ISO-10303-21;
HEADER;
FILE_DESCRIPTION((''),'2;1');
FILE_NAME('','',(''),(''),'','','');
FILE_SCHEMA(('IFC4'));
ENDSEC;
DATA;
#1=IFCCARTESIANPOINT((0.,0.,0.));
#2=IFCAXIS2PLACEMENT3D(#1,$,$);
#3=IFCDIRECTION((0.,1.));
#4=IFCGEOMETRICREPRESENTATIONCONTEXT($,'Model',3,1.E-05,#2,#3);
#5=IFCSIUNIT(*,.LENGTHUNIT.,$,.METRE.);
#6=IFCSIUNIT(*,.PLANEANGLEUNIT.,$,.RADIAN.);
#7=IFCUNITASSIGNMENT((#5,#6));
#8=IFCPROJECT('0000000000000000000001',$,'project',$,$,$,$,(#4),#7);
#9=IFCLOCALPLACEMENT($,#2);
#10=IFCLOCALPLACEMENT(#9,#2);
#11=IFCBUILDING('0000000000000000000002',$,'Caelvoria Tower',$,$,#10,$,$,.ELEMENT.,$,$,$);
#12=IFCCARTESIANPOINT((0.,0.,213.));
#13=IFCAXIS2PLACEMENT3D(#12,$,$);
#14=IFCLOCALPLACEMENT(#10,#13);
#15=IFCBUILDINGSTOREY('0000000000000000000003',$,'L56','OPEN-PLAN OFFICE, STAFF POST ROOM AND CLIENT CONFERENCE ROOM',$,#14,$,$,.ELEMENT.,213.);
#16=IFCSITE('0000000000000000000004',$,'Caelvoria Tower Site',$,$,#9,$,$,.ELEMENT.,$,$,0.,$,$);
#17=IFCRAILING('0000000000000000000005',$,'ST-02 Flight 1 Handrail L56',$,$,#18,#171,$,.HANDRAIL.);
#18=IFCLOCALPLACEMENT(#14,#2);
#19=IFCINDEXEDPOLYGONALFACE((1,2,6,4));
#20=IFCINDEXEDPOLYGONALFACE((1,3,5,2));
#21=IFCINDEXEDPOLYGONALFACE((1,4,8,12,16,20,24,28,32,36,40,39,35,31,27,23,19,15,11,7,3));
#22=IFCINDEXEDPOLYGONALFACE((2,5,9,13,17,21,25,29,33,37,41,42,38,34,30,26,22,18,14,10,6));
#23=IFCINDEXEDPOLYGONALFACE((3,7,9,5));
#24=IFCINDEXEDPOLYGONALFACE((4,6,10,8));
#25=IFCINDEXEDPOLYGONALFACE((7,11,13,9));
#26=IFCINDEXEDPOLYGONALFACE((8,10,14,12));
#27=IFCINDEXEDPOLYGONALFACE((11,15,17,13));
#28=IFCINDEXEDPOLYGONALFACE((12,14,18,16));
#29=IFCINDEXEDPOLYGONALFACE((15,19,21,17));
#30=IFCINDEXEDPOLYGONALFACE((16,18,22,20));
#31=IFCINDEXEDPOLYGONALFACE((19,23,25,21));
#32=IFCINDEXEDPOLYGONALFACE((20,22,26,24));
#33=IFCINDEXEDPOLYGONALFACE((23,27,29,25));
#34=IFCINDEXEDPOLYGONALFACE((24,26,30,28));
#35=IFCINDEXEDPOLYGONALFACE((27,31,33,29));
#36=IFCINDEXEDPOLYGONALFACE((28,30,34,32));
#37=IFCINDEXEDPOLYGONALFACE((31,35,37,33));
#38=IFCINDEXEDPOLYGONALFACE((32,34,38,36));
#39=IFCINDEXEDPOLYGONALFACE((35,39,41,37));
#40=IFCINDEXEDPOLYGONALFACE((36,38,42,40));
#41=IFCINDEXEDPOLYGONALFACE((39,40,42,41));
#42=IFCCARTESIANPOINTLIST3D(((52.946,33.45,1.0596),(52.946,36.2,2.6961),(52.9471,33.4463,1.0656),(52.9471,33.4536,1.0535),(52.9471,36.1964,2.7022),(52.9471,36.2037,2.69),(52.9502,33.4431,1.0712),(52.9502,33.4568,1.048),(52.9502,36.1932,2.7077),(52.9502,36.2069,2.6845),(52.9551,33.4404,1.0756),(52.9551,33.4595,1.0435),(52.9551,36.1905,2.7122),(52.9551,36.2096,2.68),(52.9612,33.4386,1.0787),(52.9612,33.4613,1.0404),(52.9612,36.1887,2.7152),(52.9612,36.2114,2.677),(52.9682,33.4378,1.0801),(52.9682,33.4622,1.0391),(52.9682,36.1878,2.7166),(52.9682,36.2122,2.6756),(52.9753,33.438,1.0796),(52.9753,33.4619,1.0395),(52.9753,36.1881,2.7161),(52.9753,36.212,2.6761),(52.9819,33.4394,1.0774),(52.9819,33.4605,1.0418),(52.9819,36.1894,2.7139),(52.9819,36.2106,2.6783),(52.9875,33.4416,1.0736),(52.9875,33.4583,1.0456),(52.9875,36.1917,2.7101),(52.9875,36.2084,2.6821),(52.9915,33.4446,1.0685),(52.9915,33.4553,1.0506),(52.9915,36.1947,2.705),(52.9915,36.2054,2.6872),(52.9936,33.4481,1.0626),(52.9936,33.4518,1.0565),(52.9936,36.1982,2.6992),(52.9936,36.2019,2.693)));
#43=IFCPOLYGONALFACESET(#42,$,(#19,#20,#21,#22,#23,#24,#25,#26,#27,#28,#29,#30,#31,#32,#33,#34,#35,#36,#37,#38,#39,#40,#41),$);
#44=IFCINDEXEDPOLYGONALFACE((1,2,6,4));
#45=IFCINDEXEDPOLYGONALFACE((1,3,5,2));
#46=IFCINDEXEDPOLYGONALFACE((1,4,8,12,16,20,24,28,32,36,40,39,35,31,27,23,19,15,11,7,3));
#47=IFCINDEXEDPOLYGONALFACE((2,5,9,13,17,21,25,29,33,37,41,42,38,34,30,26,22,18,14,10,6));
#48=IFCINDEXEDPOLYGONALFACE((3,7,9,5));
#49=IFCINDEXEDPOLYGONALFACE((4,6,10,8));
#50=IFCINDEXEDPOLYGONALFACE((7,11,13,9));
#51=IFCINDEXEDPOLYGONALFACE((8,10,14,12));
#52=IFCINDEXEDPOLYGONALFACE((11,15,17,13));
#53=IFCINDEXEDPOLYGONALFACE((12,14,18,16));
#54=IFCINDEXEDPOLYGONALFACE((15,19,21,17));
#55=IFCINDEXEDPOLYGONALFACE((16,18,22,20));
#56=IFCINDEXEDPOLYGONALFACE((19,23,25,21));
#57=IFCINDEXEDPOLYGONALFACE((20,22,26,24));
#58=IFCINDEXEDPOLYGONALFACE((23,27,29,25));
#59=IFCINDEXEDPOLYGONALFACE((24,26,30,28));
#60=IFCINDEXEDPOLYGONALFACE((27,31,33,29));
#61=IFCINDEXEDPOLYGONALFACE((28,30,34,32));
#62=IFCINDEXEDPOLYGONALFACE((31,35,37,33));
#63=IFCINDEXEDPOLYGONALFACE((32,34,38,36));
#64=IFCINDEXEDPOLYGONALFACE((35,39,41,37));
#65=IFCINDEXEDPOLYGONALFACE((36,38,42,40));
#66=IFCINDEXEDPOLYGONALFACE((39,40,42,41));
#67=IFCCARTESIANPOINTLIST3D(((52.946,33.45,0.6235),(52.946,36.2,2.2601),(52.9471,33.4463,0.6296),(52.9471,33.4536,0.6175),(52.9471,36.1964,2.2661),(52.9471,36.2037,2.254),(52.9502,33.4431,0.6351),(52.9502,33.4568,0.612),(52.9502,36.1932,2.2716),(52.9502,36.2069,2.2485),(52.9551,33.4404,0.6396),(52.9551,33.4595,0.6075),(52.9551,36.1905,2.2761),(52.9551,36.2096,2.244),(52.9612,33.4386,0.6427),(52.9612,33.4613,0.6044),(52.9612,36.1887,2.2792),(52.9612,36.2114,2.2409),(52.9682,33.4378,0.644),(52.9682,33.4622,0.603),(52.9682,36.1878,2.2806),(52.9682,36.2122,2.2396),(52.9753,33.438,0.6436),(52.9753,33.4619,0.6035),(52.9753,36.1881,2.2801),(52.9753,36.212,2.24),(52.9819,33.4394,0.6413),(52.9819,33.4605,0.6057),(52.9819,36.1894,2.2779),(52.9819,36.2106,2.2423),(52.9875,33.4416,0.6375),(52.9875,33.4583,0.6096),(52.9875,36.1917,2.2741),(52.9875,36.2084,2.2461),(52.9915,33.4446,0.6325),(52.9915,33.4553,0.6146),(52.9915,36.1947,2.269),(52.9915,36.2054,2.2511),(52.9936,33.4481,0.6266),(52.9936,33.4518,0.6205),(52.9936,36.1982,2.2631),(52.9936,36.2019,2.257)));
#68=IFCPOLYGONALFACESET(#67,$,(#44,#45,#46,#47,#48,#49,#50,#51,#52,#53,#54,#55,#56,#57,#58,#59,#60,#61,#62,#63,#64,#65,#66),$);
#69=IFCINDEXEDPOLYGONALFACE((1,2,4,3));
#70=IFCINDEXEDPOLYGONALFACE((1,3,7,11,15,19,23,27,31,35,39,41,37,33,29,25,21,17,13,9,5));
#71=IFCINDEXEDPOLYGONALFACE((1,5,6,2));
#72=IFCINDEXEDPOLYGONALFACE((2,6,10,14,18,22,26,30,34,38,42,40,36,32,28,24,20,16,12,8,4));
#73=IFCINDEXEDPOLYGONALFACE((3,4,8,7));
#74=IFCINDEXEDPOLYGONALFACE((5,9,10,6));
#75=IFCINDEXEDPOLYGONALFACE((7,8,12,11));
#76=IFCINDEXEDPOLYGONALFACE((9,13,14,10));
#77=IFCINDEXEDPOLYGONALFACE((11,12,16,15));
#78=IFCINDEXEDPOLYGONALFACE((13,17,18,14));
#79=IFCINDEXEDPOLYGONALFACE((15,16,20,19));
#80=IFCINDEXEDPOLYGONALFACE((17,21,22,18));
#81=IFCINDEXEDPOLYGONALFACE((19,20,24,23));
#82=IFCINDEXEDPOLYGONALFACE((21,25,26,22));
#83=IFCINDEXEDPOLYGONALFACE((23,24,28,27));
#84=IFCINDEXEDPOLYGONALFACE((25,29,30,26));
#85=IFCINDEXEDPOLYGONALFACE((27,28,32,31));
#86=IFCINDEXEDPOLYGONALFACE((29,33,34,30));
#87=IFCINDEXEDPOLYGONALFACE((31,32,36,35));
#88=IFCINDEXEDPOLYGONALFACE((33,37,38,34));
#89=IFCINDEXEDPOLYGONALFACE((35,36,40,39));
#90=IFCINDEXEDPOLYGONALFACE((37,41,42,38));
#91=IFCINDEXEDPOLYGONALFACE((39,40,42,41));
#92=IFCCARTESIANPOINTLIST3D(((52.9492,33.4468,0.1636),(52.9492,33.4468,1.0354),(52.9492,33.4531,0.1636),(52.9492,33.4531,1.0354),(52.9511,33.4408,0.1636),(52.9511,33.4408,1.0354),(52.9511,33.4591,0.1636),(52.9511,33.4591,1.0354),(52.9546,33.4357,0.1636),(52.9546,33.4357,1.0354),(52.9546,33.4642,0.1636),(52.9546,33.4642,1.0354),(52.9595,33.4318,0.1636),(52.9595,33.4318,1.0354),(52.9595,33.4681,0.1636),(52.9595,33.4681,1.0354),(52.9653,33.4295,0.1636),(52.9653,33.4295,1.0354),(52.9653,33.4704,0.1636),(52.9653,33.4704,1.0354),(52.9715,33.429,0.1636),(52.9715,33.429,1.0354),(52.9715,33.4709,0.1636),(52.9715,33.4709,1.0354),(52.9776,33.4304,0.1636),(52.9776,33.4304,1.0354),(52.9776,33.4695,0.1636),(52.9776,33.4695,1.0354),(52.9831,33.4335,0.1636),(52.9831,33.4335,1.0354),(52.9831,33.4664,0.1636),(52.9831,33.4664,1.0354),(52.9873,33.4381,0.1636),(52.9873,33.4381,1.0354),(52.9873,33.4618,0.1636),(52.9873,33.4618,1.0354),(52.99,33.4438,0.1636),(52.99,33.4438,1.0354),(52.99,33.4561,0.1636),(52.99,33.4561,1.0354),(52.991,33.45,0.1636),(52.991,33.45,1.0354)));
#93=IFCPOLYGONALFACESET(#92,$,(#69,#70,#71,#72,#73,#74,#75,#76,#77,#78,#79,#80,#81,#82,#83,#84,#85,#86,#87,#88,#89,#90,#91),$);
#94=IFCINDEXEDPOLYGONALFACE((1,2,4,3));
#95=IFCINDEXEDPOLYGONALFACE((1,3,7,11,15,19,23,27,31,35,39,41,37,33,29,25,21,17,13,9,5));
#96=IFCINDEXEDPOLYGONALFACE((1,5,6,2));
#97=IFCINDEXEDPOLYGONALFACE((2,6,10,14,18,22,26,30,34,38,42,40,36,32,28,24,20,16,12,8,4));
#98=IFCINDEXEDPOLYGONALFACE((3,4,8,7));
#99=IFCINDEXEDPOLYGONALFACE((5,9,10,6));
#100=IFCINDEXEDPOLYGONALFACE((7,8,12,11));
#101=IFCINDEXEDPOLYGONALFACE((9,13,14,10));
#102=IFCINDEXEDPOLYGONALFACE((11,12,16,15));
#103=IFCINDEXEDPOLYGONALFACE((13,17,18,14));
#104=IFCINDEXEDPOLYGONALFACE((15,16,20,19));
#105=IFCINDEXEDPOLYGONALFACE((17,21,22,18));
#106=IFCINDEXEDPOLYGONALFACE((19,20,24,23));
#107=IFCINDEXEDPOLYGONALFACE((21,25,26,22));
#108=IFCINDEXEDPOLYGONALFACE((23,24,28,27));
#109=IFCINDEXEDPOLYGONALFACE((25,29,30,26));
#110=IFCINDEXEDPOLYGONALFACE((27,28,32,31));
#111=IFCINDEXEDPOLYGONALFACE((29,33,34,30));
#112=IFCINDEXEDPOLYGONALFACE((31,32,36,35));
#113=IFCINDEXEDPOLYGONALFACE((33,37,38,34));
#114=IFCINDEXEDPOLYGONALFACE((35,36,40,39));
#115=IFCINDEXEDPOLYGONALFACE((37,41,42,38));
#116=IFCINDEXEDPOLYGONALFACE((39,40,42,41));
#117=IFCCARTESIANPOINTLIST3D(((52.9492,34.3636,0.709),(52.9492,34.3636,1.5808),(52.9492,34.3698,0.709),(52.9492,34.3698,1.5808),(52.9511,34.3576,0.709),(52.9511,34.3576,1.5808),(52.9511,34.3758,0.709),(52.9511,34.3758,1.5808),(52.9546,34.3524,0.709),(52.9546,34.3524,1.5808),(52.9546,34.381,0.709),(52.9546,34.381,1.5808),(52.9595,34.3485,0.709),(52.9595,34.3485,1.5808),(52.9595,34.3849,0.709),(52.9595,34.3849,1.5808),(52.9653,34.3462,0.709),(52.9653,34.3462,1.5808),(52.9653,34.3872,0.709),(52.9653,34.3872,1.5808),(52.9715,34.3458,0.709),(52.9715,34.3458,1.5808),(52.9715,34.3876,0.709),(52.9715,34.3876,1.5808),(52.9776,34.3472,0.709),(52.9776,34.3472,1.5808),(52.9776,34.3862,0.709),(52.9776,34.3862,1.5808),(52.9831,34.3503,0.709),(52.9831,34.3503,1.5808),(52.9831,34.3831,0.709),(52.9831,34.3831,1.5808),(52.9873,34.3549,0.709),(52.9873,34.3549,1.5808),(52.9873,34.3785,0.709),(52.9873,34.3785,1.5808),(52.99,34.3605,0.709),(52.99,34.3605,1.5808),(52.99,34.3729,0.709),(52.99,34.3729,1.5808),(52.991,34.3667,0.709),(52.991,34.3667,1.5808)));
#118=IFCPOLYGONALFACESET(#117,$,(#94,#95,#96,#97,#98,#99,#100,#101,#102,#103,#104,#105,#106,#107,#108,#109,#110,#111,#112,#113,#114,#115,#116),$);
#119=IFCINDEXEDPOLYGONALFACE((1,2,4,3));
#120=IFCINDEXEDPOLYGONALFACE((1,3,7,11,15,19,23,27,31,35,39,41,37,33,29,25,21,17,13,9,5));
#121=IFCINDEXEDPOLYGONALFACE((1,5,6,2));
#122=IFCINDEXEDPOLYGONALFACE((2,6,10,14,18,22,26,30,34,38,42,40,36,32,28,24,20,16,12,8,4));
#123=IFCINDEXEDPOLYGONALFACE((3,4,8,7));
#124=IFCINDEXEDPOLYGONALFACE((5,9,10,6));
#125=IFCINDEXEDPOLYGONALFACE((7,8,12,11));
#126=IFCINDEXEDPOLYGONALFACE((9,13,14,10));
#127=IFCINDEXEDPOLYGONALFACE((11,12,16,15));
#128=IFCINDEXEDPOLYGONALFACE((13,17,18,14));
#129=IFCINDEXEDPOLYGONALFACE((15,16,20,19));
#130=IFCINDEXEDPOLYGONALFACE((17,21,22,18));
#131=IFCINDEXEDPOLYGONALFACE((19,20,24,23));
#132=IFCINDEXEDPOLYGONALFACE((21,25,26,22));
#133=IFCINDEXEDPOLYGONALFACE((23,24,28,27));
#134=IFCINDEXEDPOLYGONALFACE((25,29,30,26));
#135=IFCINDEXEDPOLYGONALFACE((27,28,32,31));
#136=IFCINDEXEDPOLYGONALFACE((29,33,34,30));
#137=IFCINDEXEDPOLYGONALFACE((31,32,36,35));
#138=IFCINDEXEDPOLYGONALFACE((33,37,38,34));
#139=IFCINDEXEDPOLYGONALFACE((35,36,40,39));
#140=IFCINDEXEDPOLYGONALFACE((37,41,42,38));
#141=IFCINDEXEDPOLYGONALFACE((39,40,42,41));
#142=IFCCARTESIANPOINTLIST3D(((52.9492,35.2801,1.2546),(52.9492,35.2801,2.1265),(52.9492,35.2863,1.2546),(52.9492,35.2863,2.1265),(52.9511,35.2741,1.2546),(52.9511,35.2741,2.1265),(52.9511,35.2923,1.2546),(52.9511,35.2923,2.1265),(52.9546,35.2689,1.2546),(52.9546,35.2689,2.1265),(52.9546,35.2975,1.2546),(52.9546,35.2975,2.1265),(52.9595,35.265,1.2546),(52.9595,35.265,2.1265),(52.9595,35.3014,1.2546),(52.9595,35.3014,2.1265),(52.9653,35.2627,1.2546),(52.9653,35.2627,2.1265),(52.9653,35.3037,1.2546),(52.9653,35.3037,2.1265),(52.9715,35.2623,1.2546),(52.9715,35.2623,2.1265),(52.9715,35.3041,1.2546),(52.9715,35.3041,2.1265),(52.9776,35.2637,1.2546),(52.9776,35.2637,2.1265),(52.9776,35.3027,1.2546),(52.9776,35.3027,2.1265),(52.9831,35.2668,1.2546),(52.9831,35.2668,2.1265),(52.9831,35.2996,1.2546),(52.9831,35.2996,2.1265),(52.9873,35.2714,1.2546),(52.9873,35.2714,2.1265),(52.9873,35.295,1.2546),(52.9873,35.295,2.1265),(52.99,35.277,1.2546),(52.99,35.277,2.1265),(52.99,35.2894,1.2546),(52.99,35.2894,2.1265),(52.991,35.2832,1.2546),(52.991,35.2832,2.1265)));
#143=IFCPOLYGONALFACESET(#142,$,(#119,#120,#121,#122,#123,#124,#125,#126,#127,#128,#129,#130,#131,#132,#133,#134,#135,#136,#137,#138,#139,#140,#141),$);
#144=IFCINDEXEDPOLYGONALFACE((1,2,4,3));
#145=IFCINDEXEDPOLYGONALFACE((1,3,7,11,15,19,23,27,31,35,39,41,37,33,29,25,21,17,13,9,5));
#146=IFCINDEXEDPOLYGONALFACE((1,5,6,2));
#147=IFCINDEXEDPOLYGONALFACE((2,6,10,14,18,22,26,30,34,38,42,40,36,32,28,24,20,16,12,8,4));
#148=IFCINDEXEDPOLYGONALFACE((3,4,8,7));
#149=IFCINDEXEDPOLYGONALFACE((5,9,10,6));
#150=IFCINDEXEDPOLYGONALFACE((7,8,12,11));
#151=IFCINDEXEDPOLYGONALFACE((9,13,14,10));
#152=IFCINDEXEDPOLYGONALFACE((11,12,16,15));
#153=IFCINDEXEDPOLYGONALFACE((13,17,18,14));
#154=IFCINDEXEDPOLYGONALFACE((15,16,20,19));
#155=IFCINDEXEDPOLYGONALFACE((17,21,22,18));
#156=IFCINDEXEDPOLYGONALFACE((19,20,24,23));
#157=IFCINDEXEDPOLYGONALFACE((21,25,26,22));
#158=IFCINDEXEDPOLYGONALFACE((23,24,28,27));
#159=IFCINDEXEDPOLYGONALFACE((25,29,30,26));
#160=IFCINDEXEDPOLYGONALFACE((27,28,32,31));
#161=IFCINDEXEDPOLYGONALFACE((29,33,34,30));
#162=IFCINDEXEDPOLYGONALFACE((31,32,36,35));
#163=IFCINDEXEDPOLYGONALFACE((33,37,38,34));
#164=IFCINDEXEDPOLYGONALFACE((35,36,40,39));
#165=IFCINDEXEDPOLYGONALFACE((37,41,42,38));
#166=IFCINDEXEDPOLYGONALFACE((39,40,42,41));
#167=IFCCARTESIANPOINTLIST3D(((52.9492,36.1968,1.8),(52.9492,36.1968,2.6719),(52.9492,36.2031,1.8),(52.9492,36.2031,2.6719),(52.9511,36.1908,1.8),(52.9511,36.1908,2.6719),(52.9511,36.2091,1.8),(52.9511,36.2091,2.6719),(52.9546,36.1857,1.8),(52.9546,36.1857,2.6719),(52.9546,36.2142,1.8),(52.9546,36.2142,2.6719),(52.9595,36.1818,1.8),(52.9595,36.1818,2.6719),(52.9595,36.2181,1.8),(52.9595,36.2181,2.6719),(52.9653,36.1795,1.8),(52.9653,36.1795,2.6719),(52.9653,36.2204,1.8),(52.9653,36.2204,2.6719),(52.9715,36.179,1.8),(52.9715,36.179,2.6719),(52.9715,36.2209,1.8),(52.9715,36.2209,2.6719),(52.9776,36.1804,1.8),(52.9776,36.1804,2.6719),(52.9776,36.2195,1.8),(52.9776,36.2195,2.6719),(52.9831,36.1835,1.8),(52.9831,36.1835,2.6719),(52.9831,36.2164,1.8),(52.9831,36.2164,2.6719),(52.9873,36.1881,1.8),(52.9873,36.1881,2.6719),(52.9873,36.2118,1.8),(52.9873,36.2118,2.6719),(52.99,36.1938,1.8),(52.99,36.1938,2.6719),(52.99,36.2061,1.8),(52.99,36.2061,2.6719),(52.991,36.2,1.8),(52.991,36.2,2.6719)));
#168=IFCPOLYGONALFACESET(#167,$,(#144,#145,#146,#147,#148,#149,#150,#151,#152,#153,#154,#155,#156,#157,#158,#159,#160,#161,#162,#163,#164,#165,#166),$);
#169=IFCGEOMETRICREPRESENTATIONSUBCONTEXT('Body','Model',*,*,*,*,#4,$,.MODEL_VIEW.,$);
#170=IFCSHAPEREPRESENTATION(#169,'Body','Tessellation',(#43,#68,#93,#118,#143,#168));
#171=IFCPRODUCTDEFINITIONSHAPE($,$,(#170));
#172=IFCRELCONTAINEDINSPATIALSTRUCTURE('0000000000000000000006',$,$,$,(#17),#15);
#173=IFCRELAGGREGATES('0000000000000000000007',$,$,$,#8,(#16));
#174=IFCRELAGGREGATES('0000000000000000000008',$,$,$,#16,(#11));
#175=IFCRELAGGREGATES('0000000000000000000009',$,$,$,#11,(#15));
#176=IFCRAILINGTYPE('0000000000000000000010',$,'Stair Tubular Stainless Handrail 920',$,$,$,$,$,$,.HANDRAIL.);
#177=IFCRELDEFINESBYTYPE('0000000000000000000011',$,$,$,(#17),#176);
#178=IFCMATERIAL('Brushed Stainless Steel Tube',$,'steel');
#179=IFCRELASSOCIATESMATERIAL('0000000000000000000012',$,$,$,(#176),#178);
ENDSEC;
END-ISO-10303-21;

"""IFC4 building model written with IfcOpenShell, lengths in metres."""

from ifc_helpers import new_model, si_unit, direction, frame, origin, origin_2d, place, context, subcontext, project, spatial, circle, extrude, material, type_object, element, save


model = new_model("IFC4")

# Units and contexts
model_context = context("Model", 3, precision=1e-05, world=origin(), true_north=direction((0.0, 1.0)))
body_context = subcontext(model_context, "Body", "Model", "MODEL_VIEW")
ifc_project = project(units=[si_unit("LENGTHUNIT", "METRE"), si_unit("PLANEANGLEUNIT", "RADIAN")], contexts=[model_context])

# Site, building, storey
site_placement = place(None, origin())
site = spatial("IfcSite", under=ifc_project, at=site_placement, Name="Caelvoria Tower Site", CompositionType="ELEMENT", RefElevation=0.0)
building_placement = place(site_placement, origin())
building = spatial("IfcBuilding", under=site, at=building_placement, Name="Caelvoria Tower", CompositionType="ELEMENT")
storey_placement = place(building_placement, frame((0.0, 0.0, 213.0)))
storey = spatial("IfcBuildingStorey", under=building, at=storey_placement, Name="L56", Description="OPEN-PLAN OFFICE, STAFF POST ROOM AND CLIENT CONFERENCE ROOM", CompositionType="ELEMENT", Elevation=213.0)

# Railing
ifc_material_1 = material(Name="Brushed Stainless Steel Tube", Category="steel")
railing_type_1 = type_object("IfcRailingType", Name="Stair Tubular Stainless Handrail 920", PredefinedType="HANDRAIL", material=ifc_material_1)
railing_1_placement = place(storey_placement, frame((52.97, 33.45, 0.1636)))
element("IfcRailing", 1, at=railing_1_placement, inside=storey, type_object=railing_type_1, Name="ST-02 Flight 1 Handrail L56", PredefinedType="HANDRAIL", context=body_context, shape_type="SweptSolid", body=[
    extrude(circle(Radius=0.0239, at=origin_2d()), frame((0.0, 0.0, 0.896), z_axis=(0.0, 0.859352, 0.511385), x_axis=(-1.0, 0.0, 0.0)), (0.0, 0.0, 1.0), 3.2002),
    extrude(circle(Radius=0.0239, at=origin_2d()), frame((0.0, 0.0, 0.46), z_axis=(0.0, 0.859352, 0.511385), x_axis=(-1.0, 0.0, 0.0)), (0.0, 0.0, 1.0), 3.2002),
    extrude(circle(Radius=0.021, at=origin_2d()), origin(), (0.0, 0.0, 1.0), 0.8718),
    extrude(circle(Radius=0.021, at=origin_2d()), frame((0.0, 0.9167, 0.5454)), (0.0, 0.0, 1.0), 0.8718),
    extrude(circle(Radius=0.021, at=origin_2d()), frame((0.0, 1.8333, 1.0911)), (0.0, 0.0, 1.0), 0.8718),
    extrude(circle(Radius=0.021, at=origin_2d()), frame((0.0, 2.75, 1.6365)), (0.0, 0.0, 1.0), 0.8718),
])

save(model, "model.ifc")
